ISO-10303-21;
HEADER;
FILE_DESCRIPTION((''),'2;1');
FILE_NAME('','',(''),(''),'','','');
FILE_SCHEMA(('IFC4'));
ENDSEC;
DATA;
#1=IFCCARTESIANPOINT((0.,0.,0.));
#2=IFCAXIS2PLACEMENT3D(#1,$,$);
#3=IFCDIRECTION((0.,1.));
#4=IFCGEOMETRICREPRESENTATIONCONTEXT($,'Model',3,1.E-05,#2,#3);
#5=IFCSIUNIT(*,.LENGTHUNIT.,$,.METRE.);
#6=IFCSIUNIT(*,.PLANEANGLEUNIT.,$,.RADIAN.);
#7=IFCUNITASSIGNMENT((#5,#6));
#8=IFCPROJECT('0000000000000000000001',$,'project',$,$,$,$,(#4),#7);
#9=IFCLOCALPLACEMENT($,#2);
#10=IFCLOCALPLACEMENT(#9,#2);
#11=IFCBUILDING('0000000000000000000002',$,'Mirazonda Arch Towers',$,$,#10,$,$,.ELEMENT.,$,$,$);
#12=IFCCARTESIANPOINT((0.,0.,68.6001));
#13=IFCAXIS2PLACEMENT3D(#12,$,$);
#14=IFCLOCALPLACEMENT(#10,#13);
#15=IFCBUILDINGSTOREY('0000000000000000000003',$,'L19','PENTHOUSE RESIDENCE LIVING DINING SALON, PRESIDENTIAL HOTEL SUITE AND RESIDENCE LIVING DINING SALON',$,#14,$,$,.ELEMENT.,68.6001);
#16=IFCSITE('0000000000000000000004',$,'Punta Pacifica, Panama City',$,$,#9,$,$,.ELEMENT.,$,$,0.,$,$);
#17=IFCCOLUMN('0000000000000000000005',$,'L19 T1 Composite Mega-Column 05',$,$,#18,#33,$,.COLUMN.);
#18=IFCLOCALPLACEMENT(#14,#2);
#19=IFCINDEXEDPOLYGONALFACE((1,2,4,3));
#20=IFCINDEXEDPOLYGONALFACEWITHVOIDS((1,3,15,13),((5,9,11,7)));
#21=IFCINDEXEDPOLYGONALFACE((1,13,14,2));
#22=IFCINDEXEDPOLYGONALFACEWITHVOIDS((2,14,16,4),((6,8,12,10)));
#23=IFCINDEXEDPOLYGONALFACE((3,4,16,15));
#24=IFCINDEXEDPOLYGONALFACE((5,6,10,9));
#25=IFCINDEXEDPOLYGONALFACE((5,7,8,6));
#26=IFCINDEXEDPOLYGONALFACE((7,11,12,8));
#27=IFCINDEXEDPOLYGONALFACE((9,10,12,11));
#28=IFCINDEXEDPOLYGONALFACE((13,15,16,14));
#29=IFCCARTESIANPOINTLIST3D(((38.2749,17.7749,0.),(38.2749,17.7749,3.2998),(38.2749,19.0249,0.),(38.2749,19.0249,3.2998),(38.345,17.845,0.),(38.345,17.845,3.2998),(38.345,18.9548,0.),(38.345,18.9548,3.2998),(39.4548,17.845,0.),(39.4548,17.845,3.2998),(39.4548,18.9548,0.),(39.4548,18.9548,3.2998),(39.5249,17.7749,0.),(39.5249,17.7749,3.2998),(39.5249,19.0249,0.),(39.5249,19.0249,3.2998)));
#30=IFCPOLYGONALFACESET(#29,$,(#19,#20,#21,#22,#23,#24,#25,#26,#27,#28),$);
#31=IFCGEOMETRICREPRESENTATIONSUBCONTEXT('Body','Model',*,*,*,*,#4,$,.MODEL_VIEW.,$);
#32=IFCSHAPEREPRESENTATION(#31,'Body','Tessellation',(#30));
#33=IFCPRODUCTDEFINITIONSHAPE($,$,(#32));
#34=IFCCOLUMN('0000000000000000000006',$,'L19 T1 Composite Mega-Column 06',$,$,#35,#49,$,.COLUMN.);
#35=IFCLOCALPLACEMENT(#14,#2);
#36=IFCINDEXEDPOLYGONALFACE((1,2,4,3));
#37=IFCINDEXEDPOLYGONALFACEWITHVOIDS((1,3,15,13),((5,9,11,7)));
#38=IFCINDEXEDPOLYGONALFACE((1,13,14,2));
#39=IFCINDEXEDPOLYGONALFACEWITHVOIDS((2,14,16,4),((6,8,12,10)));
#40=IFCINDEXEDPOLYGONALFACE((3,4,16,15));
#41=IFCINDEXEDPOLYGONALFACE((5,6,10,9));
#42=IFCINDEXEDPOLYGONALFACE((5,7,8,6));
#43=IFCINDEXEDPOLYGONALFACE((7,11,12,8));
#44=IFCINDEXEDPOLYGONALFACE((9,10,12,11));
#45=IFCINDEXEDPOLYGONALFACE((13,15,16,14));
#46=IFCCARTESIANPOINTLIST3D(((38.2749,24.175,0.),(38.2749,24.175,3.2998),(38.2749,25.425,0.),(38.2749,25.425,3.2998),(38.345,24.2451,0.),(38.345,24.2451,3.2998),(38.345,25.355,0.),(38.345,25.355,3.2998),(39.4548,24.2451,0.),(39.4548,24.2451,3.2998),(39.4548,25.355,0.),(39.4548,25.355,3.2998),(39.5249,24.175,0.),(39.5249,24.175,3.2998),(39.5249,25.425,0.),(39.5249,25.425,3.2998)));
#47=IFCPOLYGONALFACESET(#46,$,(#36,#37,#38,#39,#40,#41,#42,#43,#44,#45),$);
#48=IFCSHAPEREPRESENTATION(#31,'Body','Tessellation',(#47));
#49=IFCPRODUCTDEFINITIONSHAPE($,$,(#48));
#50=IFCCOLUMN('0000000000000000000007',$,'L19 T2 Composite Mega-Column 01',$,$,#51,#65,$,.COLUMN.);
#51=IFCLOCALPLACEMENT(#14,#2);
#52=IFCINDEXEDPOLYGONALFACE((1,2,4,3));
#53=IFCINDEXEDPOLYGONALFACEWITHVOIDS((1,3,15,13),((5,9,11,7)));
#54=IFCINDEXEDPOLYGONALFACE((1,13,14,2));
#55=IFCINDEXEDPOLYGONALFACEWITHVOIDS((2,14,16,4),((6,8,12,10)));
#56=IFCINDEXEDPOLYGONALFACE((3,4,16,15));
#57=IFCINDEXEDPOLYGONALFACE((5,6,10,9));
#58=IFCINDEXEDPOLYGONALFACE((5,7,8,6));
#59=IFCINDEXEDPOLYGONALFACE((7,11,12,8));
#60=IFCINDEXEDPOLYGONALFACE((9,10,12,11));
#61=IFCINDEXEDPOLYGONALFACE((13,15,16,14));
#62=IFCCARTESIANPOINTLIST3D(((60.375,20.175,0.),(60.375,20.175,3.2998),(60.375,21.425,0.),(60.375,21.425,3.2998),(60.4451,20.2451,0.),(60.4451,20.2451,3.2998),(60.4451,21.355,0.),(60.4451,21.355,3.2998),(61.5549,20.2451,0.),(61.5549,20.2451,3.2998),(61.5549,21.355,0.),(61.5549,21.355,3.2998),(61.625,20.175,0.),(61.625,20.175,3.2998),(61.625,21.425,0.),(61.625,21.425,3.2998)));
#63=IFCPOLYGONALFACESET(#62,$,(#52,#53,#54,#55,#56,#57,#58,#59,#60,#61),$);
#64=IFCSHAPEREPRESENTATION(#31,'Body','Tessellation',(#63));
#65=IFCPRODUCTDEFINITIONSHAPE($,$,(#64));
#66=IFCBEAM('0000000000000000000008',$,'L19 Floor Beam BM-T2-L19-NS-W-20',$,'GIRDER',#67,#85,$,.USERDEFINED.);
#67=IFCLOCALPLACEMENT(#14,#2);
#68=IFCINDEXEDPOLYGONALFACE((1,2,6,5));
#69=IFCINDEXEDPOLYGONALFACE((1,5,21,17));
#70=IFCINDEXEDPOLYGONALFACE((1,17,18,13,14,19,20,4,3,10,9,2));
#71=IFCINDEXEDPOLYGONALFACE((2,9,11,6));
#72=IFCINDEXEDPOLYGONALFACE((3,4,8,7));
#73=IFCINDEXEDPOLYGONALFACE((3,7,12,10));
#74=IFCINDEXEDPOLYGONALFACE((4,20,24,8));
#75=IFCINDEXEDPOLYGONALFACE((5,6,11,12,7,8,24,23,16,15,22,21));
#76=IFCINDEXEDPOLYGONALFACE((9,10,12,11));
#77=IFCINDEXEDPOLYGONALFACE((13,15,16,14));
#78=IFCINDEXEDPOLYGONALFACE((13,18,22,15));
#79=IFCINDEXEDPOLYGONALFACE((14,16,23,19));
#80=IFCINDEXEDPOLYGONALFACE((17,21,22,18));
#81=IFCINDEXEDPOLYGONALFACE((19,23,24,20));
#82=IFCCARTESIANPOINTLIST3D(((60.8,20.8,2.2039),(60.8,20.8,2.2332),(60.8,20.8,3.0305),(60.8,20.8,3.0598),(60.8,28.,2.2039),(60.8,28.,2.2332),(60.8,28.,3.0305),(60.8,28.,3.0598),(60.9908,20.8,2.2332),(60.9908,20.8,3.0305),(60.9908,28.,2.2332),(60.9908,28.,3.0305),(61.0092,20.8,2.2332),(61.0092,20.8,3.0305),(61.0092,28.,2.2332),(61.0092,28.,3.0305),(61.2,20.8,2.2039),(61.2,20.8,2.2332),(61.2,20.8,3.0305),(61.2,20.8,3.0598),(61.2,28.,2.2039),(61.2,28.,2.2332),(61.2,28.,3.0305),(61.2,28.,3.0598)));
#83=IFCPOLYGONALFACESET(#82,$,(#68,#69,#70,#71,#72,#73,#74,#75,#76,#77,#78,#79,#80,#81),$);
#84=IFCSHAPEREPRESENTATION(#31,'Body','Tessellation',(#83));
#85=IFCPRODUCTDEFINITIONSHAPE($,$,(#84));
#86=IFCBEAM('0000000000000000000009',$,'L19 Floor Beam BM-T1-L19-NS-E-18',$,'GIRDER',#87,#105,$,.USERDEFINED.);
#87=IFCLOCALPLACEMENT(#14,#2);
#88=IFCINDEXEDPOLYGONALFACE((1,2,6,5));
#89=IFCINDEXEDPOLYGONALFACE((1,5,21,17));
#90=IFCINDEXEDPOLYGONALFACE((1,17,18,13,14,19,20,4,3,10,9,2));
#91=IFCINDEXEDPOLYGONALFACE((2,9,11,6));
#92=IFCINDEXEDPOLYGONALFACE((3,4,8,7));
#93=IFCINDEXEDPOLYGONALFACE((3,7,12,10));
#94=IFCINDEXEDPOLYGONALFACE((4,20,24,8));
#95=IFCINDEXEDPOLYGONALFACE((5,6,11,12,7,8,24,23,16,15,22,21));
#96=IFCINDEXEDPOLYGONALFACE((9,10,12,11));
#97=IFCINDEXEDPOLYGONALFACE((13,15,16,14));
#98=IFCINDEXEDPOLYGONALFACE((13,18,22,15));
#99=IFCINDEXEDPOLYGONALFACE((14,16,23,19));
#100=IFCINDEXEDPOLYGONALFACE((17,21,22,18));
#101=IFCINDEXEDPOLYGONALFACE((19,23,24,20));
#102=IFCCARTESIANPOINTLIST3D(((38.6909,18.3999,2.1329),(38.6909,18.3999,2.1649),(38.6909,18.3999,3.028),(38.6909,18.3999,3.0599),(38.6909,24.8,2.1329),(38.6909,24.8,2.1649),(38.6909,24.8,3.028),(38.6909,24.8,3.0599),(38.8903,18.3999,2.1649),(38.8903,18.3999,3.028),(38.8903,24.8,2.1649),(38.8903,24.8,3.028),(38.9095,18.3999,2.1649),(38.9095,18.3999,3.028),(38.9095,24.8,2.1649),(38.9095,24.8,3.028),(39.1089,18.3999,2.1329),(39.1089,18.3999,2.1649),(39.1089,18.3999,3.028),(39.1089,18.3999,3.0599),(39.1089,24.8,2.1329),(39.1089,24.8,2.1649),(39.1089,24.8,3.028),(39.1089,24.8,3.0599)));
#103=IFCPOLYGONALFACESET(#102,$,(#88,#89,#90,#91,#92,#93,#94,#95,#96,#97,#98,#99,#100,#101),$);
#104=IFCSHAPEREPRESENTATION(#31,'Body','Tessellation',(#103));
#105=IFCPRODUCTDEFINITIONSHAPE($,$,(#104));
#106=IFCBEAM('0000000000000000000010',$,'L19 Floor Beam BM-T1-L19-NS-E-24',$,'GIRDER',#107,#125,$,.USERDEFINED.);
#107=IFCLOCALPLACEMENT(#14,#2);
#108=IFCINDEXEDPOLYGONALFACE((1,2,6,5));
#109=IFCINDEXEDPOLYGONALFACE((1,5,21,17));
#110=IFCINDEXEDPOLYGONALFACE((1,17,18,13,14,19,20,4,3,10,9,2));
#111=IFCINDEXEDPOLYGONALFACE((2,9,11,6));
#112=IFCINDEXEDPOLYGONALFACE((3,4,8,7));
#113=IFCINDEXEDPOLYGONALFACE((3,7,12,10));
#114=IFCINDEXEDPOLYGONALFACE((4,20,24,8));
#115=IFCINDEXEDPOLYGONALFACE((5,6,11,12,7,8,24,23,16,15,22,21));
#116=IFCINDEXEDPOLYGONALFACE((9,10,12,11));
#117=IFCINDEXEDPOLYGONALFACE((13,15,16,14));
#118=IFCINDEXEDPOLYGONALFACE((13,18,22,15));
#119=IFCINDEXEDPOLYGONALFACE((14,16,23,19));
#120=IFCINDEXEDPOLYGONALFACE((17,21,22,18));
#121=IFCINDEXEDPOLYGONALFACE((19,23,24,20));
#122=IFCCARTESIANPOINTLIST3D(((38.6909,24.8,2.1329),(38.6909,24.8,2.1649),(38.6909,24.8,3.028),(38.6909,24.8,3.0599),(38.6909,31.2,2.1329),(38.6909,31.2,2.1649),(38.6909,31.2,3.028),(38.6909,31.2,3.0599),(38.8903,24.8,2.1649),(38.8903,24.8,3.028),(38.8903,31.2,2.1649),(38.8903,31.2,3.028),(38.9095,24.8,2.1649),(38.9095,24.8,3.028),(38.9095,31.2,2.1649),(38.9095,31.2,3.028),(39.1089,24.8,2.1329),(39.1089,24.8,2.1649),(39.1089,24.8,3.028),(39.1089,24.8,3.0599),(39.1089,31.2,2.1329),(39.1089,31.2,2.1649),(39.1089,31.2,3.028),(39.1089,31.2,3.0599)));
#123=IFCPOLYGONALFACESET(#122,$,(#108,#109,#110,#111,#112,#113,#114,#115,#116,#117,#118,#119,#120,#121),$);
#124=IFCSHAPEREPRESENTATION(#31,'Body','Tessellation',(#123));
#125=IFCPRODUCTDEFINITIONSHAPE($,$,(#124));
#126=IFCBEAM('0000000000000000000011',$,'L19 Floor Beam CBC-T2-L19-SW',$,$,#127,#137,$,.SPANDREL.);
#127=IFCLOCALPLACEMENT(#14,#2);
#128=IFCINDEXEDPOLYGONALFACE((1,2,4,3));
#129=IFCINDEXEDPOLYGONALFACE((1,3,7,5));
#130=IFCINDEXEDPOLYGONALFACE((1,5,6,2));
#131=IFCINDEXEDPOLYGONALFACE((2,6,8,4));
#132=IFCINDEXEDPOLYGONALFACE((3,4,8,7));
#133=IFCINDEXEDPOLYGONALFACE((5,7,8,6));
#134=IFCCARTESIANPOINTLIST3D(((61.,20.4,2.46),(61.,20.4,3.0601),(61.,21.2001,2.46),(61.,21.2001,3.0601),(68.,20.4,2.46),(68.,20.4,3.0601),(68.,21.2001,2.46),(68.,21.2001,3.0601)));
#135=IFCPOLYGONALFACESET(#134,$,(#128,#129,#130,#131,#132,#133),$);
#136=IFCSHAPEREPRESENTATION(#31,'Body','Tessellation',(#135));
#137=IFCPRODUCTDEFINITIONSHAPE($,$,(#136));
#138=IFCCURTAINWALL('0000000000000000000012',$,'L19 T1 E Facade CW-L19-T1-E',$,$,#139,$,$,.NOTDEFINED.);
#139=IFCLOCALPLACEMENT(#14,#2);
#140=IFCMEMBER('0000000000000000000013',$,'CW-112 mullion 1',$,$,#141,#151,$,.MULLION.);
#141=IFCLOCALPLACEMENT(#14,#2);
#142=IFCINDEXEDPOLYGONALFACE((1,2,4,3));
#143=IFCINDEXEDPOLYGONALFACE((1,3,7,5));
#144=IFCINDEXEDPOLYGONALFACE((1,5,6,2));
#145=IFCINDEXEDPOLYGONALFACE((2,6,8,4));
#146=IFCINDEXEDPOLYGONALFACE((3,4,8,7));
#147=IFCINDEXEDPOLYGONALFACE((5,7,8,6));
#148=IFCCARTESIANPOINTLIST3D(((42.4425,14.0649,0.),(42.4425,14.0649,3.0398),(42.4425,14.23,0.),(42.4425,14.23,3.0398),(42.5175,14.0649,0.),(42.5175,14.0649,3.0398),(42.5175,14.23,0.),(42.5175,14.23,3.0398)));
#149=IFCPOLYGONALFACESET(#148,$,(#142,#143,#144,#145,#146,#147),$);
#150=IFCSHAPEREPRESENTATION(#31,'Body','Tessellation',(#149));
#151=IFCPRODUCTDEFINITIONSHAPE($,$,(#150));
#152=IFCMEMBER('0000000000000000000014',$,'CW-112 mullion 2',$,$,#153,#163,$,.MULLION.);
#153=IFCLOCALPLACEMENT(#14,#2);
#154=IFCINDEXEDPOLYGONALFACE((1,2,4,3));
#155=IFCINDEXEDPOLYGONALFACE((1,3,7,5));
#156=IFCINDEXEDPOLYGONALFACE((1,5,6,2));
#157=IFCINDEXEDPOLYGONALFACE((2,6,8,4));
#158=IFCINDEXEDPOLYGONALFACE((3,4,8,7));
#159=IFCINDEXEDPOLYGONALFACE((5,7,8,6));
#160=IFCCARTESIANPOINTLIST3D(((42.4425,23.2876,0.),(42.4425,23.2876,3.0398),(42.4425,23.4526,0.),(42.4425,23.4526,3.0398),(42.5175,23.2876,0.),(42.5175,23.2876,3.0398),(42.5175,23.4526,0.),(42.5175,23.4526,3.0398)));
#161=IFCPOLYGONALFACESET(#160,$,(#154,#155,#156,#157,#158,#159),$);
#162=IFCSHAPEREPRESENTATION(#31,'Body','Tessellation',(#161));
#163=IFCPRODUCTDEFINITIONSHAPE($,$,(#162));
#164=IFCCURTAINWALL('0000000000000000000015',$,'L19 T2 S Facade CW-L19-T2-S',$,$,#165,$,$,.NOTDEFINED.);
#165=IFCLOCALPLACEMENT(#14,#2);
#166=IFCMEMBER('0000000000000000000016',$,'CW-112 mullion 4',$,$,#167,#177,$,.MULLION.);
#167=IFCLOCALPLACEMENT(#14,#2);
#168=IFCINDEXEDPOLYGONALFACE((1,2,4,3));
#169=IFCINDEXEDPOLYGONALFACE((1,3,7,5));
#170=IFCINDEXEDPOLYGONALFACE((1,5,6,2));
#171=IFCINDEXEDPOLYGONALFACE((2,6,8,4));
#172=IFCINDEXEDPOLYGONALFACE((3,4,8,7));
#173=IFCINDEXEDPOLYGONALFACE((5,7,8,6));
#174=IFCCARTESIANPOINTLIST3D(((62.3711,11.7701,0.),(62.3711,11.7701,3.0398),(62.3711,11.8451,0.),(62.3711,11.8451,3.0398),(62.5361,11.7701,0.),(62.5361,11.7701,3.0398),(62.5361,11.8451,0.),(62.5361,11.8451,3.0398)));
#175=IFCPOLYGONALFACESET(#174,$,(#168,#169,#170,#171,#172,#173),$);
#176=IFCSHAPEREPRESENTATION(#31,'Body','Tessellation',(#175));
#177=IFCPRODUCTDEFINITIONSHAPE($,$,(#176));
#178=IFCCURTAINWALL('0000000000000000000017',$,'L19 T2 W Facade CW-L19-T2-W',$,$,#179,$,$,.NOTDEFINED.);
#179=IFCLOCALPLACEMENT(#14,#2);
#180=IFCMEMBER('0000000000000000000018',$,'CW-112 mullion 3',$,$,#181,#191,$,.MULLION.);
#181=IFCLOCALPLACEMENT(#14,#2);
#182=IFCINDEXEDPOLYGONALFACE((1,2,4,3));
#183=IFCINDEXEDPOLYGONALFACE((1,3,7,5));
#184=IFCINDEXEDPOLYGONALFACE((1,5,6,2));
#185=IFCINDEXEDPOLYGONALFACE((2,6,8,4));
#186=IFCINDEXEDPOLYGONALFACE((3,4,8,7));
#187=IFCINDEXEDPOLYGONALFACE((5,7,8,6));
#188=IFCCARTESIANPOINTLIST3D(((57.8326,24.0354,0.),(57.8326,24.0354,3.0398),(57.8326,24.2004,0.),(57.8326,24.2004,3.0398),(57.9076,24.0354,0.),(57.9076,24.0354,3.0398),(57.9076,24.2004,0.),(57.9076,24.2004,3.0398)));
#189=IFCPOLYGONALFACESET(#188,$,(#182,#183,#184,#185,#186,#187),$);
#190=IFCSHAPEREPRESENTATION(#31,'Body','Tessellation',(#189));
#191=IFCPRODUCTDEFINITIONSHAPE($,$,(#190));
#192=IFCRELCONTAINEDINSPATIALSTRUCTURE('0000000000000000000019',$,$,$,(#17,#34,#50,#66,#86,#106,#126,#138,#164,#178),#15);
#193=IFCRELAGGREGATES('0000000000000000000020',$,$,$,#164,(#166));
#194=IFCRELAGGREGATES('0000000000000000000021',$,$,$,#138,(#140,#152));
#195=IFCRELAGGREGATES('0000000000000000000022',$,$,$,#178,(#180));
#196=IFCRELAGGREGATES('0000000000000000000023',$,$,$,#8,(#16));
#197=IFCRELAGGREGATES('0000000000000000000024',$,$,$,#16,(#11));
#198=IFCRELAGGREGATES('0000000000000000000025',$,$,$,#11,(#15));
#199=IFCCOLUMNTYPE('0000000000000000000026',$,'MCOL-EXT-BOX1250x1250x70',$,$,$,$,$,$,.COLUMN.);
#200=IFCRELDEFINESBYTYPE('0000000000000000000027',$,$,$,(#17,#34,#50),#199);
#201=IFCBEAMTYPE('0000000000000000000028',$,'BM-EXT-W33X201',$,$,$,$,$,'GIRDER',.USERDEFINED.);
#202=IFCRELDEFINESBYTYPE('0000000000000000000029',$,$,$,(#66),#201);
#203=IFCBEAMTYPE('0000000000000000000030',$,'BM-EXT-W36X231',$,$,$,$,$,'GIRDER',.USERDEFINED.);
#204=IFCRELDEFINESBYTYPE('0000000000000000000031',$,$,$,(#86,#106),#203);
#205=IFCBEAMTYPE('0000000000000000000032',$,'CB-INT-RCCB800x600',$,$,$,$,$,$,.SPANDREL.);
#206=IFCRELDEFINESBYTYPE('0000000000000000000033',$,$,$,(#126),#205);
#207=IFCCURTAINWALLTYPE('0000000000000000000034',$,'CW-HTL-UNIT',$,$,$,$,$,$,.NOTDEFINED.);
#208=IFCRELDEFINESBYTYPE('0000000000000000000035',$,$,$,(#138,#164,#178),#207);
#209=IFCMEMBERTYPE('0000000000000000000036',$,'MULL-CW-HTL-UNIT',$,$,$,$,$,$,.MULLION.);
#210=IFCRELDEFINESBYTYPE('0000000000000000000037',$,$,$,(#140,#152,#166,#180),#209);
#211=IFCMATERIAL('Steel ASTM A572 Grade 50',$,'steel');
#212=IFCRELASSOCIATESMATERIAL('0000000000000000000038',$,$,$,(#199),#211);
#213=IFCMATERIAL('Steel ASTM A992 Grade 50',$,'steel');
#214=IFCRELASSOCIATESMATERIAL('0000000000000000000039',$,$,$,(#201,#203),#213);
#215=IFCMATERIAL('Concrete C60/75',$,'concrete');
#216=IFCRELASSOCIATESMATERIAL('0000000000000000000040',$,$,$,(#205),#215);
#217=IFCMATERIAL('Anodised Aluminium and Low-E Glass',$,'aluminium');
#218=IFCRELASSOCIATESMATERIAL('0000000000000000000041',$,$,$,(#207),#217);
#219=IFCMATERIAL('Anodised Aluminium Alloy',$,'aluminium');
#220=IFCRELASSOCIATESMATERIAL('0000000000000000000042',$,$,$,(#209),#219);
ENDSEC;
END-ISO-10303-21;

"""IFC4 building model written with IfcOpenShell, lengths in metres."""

from ifc_helpers import new_model, si_unit, direction, frame, origin, origin_2d, place, context, subcontext, project, spatial, rectangle, hollow_rectangle, i_section, extrude, material, material_profile, profile_set, type_object, element, aggregate, save


model = new_model("IFC4")

# Units and contexts
model_context = context("Model", 3, precision=1e-05, world=origin(), true_north=direction((0.0, 1.0)))
body_context = subcontext(model_context, "Body", "Model", "MODEL_VIEW")
ifc_project = project(units=[si_unit("LENGTHUNIT", "METRE"), si_unit("PLANEANGLEUNIT", "RADIAN")], contexts=[model_context])

# Site, building, storey
site_placement = place(None, origin())
site = spatial("IfcSite", under=ifc_project, at=site_placement, Name="Punta Pacifica, Panama City", CompositionType="ELEMENT", RefElevation=0.0)
building_placement = place(site_placement, origin())
building = spatial("IfcBuilding", under=site, at=building_placement, Name="Mirazonda Arch Towers", CompositionType="ELEMENT")
storey_placement = place(building_placement, frame((0.0, 0.0, 68.6001)))
storey = spatial("IfcBuildingStorey", under=building, at=storey_placement, Name="L19", Description="PENTHOUSE RESIDENCE LIVING DINING SALON, PRESIDENTIAL HOTEL SUITE AND RESIDENCE LIVING DINING SALON", CompositionType="ELEMENT", Elevation=68.6001)

# Columns
ifc_material_1 = material(Name="Steel ASTM A572 Grade 50", Category="steel")
ifc_material_profile_1 = material_profile(ifc_material_1, hollow_rectangle(XDim=1.25, YDim=1.25, WallThickness=0.0701, at=origin_2d()), Name="BOX1250x1250x70")
ifc_profile_set_1 = profile_set([ifc_material_profile_1], Name="Steel ASTM A572 Grade 50")
column_type = type_object("IfcColumnType", Name="MCOL-EXT-BOX1250x1250x70", PredefinedType="COLUMN", material=ifc_profile_set_1)
for number, where, z_axis, x_axis, name in (
    (1, (38.8999, 18.3999, 0.0), (0.0, 0.0, 1.0), (1.0, 0.0, 0.0), "L19 T1 Composite Mega-Column 05"),
    (2, (38.8999, 24.8, 0.0), (0.0, 0.0, 1.0), (1.0, 0.0, 0.0), "L19 T1 Composite Mega-Column 06"),
    (3, (61.0, 20.8, 0.0), (0.0, 0.0, 1.0), (1.0, 0.0, 0.0), "L19 T2 Composite Mega-Column 01"),
):
    element("IfcColumn", number, at=place(storey_placement, frame(where, z_axis=z_axis, x_axis=x_axis)), inside=storey, type_object=column_type, Name=name, PredefinedType="COLUMN", context=body_context, shape_type="SweptSolid", body=[
        extrude(hollow_rectangle(XDim=1.25, YDim=1.25, WallThickness=0.0701, at=origin_2d()), origin(), (0.0, 0.0, 1.0), 3.2998),
    ])

# Beams
ifc_material_2 = material(Name="Steel ASTM A992 Grade 50", Category="steel")
ifc_material_profile_2 = material_profile(ifc_material_2, i_section(OverallWidth=0.3999, OverallDepth=0.856, WebThickness=0.0183, FlangeThickness=0.0293, at=origin_2d()), Name="W33X201")
ifc_profile_set_2 = profile_set([ifc_material_profile_2], Name="Steel ASTM A992 Grade 50")
beam_type_1 = type_object("IfcBeamType", Name="BM-EXT-W33X201", ElementType="GIRDER", PredefinedType="USERDEFINED", material=ifc_profile_set_2)
beam_1_placement = place(storey_placement, frame((61.0, 20.8, 2.6318), z_axis=(0.0, 1.0, 0.0), x_axis=(-1.0, 0.0, 0.0)))
element("IfcBeam", 4, at=beam_1_placement, inside=storey, type_object=beam_type_1, Name="L19 Floor Beam BM-T2-L19-NS-W-20", ObjectType="GIRDER", PredefinedType="USERDEFINED", context=body_context, shape_type="SweptSolid", body=[
    extrude(i_section(OverallWidth=0.3999, OverallDepth=0.856, WebThickness=0.0183, FlangeThickness=0.0293, at=origin_2d()), origin(), (0.0, 0.0, 1.0), 7.2),
])
ifc_material_profile_3 = material_profile(ifc_material_2, i_section(OverallWidth=0.418, OverallDepth=0.927, WebThickness=0.0193, FlangeThickness=0.032, at=origin_2d()), Name="W36X231")
ifc_profile_set_3 = profile_set([ifc_material_profile_3], Name="Steel ASTM A992 Grade 50")
beam_type_2 = type_object("IfcBeamType", Name="BM-EXT-W36X231", ElementType="GIRDER", PredefinedType="USERDEFINED", material=ifc_profile_set_3)
beam_2_placement = place(storey_placement, frame((38.8999, 18.3999, 2.5964), z_axis=(0.0, 1.0, 0.0), x_axis=(-1.0, 0.0, 0.0)))
element("IfcBeam", 5, at=beam_2_placement, inside=storey, type_object=beam_type_2, Name="L19 Floor Beam BM-T1-L19-NS-E-18", ObjectType="GIRDER", PredefinedType="USERDEFINED", context=body_context, shape_type="SweptSolid", body=[
    extrude(i_section(OverallWidth=0.418, OverallDepth=0.927, WebThickness=0.0193, FlangeThickness=0.032, at=origin_2d()), origin(), (0.0, 0.0, 1.0), 6.4001),
])
beam_3_placement = place(storey_placement, frame((38.8999, 24.8, 2.5964), z_axis=(0.0, 1.0, 0.0), x_axis=(-1.0, 0.0, 0.0)))
element("IfcBeam", 6, at=beam_3_placement, inside=storey, type_object=beam_type_2, Name="L19 Floor Beam BM-T1-L19-NS-E-24", ObjectType="GIRDER", PredefinedType="USERDEFINED", context=body_context, shape_type="SweptSolid", body=[
    extrude(i_section(OverallWidth=0.418, OverallDepth=0.927, WebThickness=0.0193, FlangeThickness=0.032, at=origin_2d()), origin(), (0.0, 0.0, 1.0), 6.3999),
])
ifc_material_3 = material(Name="Concrete C60/75", Category="concrete")
ifc_material_profile_4 = material_profile(ifc_material_3, rectangle(XDim=0.8, YDim=0.6001, at=origin_2d()), Name="RCCB800x600")
ifc_profile_set_4 = profile_set([ifc_material_profile_4], Name="Concrete C60/75")
beam_type_3 = type_object("IfcBeamType", Name="CB-INT-RCCB800x600", PredefinedType="SPANDREL", material=ifc_profile_set_4)
beam_4_placement = place(storey_placement, frame((61.0, 20.8, 2.76), z_axis=(1.0, 0.0, 0.0), x_axis=(0.0, 1.0, 0.0)))
element("IfcBeam", 7, at=beam_4_placement, inside=storey, type_object=beam_type_3, Name="L19 Floor Beam CBC-T2-L19-SW", PredefinedType="SPANDREL", context=body_context, shape_type="SweptSolid", body=[
    extrude(rectangle(XDim=0.8, YDim=0.6001, at=origin_2d()), origin(), (0.0, 0.0, 1.0), 7.0),
])

# Curtain wall, members
ifc_material_4 = material(Name="Anodised Aluminium and Low-E Glass", Category="aluminium")
curtain_wall_type = type_object("IfcCurtainWallType", Name="CW-HTL-UNIT", PredefinedType="NOTDEFINED", material=ifc_material_4)
curtain_wall_1_placement = place(storey_placement, origin())
curtain_wall_1 = element("IfcCurtainWall", 8, at=curtain_wall_1_placement, inside=storey, type_object=curtain_wall_type, Name="L19 T1 E Facade CW-L19-T1-E", PredefinedType="NOTDEFINED")
ifc_material_5 = material(Name="Anodised Aluminium Alloy", Category="aluminium")
ifc_material_profile_5 = material_profile(ifc_material_5, rectangle(XDim=0.075, YDim=0.165, at=origin_2d()), Name="ALU-MULL-75x165")
ifc_profile_set_5 = profile_set([ifc_material_profile_5], Name="Anodised Aluminium Alloy")
member_type_1 = type_object("IfcMemberType", Name="MULL-CW-HTL-UNIT", PredefinedType="MULLION", material=ifc_profile_set_5)
member_1_placement = place(storey_placement, frame((42.48, 14.1475, 0.0), z_axis=(0.0, 0.0, 1.0), x_axis=(-1.0, 0.0, 0.0)))
member_1 = element("IfcMember", 9, at=member_1_placement, type_object=member_type_1, Name="CW-112 mullion 1", PredefinedType="MULLION", context=body_context, shape_type="SweptSolid", body=[
    extrude(rectangle(XDim=0.075, YDim=0.165, at=origin_2d()), origin(), (0.0, 0.0, 1.0), 3.0398),
])
member_2_placement = place(storey_placement, frame((42.48, 23.3701, 0.0), z_axis=(0.0, 0.0, 1.0), x_axis=(-1.0, 0.0, 0.0)))
member_2 = element("IfcMember", 10, at=member_2_placement, type_object=member_type_1, Name="CW-112 mullion 2", PredefinedType="MULLION", context=body_context, shape_type="SweptSolid", body=[
    extrude(rectangle(XDim=0.075, YDim=0.165, at=origin_2d()), origin(), (0.0, 0.0, 1.0), 3.0398),
])

# Curtain wall, member
curtain_wall_2_placement = place(storey_placement, origin())
curtain_wall_2 = element("IfcCurtainWall", 11, at=curtain_wall_2_placement, inside=storey, type_object=curtain_wall_type, Name="L19 T2 S Facade CW-L19-T2-S", PredefinedType="NOTDEFINED")
member_3_placement = place(storey_placement, frame((62.4536, 11.8076, 0.0), z_axis=(0.0, 0.0, 1.0), x_axis=(0.0, -1.0, 0.0)))
member_3 = element("IfcMember", 12, at=member_3_placement, type_object=member_type_1, Name="CW-112 mullion 4", PredefinedType="MULLION", context=body_context, shape_type="SweptSolid", body=[
    extrude(rectangle(XDim=0.075, YDim=0.165, at=origin_2d()), origin(), (0.0, 0.0, 1.0), 3.0398),
])
aggregate(curtain_wall_2, [member_3])

# Curtain wall, member
curtain_wall_3_placement = place(storey_placement, origin())
curtain_wall_3 = element("IfcCurtainWall", 13, at=curtain_wall_3_placement, inside=storey, type_object=curtain_wall_type, Name="L19 T2 W Facade CW-L19-T2-W", PredefinedType="NOTDEFINED")
member_4_placement = place(storey_placement, frame((57.8701, 24.1179, 0.0), z_axis=(0.0, 0.0, 1.0), x_axis=(1.0, 0.0, 0.0)))
member_4 = element("IfcMember", 14, at=member_4_placement, type_object=member_type_1, Name="CW-112 mullion 3", PredefinedType="MULLION", context=body_context, shape_type="SweptSolid", body=[
    extrude(rectangle(XDim=0.075, YDim=0.165, at=origin_2d()), origin(), (0.0, 0.0, 1.0), 3.0398),
])

aggregate(curtain_wall_1, [member_1, member_2])
aggregate(curtain_wall_3, [member_4])

save(model, "model.ifc")
